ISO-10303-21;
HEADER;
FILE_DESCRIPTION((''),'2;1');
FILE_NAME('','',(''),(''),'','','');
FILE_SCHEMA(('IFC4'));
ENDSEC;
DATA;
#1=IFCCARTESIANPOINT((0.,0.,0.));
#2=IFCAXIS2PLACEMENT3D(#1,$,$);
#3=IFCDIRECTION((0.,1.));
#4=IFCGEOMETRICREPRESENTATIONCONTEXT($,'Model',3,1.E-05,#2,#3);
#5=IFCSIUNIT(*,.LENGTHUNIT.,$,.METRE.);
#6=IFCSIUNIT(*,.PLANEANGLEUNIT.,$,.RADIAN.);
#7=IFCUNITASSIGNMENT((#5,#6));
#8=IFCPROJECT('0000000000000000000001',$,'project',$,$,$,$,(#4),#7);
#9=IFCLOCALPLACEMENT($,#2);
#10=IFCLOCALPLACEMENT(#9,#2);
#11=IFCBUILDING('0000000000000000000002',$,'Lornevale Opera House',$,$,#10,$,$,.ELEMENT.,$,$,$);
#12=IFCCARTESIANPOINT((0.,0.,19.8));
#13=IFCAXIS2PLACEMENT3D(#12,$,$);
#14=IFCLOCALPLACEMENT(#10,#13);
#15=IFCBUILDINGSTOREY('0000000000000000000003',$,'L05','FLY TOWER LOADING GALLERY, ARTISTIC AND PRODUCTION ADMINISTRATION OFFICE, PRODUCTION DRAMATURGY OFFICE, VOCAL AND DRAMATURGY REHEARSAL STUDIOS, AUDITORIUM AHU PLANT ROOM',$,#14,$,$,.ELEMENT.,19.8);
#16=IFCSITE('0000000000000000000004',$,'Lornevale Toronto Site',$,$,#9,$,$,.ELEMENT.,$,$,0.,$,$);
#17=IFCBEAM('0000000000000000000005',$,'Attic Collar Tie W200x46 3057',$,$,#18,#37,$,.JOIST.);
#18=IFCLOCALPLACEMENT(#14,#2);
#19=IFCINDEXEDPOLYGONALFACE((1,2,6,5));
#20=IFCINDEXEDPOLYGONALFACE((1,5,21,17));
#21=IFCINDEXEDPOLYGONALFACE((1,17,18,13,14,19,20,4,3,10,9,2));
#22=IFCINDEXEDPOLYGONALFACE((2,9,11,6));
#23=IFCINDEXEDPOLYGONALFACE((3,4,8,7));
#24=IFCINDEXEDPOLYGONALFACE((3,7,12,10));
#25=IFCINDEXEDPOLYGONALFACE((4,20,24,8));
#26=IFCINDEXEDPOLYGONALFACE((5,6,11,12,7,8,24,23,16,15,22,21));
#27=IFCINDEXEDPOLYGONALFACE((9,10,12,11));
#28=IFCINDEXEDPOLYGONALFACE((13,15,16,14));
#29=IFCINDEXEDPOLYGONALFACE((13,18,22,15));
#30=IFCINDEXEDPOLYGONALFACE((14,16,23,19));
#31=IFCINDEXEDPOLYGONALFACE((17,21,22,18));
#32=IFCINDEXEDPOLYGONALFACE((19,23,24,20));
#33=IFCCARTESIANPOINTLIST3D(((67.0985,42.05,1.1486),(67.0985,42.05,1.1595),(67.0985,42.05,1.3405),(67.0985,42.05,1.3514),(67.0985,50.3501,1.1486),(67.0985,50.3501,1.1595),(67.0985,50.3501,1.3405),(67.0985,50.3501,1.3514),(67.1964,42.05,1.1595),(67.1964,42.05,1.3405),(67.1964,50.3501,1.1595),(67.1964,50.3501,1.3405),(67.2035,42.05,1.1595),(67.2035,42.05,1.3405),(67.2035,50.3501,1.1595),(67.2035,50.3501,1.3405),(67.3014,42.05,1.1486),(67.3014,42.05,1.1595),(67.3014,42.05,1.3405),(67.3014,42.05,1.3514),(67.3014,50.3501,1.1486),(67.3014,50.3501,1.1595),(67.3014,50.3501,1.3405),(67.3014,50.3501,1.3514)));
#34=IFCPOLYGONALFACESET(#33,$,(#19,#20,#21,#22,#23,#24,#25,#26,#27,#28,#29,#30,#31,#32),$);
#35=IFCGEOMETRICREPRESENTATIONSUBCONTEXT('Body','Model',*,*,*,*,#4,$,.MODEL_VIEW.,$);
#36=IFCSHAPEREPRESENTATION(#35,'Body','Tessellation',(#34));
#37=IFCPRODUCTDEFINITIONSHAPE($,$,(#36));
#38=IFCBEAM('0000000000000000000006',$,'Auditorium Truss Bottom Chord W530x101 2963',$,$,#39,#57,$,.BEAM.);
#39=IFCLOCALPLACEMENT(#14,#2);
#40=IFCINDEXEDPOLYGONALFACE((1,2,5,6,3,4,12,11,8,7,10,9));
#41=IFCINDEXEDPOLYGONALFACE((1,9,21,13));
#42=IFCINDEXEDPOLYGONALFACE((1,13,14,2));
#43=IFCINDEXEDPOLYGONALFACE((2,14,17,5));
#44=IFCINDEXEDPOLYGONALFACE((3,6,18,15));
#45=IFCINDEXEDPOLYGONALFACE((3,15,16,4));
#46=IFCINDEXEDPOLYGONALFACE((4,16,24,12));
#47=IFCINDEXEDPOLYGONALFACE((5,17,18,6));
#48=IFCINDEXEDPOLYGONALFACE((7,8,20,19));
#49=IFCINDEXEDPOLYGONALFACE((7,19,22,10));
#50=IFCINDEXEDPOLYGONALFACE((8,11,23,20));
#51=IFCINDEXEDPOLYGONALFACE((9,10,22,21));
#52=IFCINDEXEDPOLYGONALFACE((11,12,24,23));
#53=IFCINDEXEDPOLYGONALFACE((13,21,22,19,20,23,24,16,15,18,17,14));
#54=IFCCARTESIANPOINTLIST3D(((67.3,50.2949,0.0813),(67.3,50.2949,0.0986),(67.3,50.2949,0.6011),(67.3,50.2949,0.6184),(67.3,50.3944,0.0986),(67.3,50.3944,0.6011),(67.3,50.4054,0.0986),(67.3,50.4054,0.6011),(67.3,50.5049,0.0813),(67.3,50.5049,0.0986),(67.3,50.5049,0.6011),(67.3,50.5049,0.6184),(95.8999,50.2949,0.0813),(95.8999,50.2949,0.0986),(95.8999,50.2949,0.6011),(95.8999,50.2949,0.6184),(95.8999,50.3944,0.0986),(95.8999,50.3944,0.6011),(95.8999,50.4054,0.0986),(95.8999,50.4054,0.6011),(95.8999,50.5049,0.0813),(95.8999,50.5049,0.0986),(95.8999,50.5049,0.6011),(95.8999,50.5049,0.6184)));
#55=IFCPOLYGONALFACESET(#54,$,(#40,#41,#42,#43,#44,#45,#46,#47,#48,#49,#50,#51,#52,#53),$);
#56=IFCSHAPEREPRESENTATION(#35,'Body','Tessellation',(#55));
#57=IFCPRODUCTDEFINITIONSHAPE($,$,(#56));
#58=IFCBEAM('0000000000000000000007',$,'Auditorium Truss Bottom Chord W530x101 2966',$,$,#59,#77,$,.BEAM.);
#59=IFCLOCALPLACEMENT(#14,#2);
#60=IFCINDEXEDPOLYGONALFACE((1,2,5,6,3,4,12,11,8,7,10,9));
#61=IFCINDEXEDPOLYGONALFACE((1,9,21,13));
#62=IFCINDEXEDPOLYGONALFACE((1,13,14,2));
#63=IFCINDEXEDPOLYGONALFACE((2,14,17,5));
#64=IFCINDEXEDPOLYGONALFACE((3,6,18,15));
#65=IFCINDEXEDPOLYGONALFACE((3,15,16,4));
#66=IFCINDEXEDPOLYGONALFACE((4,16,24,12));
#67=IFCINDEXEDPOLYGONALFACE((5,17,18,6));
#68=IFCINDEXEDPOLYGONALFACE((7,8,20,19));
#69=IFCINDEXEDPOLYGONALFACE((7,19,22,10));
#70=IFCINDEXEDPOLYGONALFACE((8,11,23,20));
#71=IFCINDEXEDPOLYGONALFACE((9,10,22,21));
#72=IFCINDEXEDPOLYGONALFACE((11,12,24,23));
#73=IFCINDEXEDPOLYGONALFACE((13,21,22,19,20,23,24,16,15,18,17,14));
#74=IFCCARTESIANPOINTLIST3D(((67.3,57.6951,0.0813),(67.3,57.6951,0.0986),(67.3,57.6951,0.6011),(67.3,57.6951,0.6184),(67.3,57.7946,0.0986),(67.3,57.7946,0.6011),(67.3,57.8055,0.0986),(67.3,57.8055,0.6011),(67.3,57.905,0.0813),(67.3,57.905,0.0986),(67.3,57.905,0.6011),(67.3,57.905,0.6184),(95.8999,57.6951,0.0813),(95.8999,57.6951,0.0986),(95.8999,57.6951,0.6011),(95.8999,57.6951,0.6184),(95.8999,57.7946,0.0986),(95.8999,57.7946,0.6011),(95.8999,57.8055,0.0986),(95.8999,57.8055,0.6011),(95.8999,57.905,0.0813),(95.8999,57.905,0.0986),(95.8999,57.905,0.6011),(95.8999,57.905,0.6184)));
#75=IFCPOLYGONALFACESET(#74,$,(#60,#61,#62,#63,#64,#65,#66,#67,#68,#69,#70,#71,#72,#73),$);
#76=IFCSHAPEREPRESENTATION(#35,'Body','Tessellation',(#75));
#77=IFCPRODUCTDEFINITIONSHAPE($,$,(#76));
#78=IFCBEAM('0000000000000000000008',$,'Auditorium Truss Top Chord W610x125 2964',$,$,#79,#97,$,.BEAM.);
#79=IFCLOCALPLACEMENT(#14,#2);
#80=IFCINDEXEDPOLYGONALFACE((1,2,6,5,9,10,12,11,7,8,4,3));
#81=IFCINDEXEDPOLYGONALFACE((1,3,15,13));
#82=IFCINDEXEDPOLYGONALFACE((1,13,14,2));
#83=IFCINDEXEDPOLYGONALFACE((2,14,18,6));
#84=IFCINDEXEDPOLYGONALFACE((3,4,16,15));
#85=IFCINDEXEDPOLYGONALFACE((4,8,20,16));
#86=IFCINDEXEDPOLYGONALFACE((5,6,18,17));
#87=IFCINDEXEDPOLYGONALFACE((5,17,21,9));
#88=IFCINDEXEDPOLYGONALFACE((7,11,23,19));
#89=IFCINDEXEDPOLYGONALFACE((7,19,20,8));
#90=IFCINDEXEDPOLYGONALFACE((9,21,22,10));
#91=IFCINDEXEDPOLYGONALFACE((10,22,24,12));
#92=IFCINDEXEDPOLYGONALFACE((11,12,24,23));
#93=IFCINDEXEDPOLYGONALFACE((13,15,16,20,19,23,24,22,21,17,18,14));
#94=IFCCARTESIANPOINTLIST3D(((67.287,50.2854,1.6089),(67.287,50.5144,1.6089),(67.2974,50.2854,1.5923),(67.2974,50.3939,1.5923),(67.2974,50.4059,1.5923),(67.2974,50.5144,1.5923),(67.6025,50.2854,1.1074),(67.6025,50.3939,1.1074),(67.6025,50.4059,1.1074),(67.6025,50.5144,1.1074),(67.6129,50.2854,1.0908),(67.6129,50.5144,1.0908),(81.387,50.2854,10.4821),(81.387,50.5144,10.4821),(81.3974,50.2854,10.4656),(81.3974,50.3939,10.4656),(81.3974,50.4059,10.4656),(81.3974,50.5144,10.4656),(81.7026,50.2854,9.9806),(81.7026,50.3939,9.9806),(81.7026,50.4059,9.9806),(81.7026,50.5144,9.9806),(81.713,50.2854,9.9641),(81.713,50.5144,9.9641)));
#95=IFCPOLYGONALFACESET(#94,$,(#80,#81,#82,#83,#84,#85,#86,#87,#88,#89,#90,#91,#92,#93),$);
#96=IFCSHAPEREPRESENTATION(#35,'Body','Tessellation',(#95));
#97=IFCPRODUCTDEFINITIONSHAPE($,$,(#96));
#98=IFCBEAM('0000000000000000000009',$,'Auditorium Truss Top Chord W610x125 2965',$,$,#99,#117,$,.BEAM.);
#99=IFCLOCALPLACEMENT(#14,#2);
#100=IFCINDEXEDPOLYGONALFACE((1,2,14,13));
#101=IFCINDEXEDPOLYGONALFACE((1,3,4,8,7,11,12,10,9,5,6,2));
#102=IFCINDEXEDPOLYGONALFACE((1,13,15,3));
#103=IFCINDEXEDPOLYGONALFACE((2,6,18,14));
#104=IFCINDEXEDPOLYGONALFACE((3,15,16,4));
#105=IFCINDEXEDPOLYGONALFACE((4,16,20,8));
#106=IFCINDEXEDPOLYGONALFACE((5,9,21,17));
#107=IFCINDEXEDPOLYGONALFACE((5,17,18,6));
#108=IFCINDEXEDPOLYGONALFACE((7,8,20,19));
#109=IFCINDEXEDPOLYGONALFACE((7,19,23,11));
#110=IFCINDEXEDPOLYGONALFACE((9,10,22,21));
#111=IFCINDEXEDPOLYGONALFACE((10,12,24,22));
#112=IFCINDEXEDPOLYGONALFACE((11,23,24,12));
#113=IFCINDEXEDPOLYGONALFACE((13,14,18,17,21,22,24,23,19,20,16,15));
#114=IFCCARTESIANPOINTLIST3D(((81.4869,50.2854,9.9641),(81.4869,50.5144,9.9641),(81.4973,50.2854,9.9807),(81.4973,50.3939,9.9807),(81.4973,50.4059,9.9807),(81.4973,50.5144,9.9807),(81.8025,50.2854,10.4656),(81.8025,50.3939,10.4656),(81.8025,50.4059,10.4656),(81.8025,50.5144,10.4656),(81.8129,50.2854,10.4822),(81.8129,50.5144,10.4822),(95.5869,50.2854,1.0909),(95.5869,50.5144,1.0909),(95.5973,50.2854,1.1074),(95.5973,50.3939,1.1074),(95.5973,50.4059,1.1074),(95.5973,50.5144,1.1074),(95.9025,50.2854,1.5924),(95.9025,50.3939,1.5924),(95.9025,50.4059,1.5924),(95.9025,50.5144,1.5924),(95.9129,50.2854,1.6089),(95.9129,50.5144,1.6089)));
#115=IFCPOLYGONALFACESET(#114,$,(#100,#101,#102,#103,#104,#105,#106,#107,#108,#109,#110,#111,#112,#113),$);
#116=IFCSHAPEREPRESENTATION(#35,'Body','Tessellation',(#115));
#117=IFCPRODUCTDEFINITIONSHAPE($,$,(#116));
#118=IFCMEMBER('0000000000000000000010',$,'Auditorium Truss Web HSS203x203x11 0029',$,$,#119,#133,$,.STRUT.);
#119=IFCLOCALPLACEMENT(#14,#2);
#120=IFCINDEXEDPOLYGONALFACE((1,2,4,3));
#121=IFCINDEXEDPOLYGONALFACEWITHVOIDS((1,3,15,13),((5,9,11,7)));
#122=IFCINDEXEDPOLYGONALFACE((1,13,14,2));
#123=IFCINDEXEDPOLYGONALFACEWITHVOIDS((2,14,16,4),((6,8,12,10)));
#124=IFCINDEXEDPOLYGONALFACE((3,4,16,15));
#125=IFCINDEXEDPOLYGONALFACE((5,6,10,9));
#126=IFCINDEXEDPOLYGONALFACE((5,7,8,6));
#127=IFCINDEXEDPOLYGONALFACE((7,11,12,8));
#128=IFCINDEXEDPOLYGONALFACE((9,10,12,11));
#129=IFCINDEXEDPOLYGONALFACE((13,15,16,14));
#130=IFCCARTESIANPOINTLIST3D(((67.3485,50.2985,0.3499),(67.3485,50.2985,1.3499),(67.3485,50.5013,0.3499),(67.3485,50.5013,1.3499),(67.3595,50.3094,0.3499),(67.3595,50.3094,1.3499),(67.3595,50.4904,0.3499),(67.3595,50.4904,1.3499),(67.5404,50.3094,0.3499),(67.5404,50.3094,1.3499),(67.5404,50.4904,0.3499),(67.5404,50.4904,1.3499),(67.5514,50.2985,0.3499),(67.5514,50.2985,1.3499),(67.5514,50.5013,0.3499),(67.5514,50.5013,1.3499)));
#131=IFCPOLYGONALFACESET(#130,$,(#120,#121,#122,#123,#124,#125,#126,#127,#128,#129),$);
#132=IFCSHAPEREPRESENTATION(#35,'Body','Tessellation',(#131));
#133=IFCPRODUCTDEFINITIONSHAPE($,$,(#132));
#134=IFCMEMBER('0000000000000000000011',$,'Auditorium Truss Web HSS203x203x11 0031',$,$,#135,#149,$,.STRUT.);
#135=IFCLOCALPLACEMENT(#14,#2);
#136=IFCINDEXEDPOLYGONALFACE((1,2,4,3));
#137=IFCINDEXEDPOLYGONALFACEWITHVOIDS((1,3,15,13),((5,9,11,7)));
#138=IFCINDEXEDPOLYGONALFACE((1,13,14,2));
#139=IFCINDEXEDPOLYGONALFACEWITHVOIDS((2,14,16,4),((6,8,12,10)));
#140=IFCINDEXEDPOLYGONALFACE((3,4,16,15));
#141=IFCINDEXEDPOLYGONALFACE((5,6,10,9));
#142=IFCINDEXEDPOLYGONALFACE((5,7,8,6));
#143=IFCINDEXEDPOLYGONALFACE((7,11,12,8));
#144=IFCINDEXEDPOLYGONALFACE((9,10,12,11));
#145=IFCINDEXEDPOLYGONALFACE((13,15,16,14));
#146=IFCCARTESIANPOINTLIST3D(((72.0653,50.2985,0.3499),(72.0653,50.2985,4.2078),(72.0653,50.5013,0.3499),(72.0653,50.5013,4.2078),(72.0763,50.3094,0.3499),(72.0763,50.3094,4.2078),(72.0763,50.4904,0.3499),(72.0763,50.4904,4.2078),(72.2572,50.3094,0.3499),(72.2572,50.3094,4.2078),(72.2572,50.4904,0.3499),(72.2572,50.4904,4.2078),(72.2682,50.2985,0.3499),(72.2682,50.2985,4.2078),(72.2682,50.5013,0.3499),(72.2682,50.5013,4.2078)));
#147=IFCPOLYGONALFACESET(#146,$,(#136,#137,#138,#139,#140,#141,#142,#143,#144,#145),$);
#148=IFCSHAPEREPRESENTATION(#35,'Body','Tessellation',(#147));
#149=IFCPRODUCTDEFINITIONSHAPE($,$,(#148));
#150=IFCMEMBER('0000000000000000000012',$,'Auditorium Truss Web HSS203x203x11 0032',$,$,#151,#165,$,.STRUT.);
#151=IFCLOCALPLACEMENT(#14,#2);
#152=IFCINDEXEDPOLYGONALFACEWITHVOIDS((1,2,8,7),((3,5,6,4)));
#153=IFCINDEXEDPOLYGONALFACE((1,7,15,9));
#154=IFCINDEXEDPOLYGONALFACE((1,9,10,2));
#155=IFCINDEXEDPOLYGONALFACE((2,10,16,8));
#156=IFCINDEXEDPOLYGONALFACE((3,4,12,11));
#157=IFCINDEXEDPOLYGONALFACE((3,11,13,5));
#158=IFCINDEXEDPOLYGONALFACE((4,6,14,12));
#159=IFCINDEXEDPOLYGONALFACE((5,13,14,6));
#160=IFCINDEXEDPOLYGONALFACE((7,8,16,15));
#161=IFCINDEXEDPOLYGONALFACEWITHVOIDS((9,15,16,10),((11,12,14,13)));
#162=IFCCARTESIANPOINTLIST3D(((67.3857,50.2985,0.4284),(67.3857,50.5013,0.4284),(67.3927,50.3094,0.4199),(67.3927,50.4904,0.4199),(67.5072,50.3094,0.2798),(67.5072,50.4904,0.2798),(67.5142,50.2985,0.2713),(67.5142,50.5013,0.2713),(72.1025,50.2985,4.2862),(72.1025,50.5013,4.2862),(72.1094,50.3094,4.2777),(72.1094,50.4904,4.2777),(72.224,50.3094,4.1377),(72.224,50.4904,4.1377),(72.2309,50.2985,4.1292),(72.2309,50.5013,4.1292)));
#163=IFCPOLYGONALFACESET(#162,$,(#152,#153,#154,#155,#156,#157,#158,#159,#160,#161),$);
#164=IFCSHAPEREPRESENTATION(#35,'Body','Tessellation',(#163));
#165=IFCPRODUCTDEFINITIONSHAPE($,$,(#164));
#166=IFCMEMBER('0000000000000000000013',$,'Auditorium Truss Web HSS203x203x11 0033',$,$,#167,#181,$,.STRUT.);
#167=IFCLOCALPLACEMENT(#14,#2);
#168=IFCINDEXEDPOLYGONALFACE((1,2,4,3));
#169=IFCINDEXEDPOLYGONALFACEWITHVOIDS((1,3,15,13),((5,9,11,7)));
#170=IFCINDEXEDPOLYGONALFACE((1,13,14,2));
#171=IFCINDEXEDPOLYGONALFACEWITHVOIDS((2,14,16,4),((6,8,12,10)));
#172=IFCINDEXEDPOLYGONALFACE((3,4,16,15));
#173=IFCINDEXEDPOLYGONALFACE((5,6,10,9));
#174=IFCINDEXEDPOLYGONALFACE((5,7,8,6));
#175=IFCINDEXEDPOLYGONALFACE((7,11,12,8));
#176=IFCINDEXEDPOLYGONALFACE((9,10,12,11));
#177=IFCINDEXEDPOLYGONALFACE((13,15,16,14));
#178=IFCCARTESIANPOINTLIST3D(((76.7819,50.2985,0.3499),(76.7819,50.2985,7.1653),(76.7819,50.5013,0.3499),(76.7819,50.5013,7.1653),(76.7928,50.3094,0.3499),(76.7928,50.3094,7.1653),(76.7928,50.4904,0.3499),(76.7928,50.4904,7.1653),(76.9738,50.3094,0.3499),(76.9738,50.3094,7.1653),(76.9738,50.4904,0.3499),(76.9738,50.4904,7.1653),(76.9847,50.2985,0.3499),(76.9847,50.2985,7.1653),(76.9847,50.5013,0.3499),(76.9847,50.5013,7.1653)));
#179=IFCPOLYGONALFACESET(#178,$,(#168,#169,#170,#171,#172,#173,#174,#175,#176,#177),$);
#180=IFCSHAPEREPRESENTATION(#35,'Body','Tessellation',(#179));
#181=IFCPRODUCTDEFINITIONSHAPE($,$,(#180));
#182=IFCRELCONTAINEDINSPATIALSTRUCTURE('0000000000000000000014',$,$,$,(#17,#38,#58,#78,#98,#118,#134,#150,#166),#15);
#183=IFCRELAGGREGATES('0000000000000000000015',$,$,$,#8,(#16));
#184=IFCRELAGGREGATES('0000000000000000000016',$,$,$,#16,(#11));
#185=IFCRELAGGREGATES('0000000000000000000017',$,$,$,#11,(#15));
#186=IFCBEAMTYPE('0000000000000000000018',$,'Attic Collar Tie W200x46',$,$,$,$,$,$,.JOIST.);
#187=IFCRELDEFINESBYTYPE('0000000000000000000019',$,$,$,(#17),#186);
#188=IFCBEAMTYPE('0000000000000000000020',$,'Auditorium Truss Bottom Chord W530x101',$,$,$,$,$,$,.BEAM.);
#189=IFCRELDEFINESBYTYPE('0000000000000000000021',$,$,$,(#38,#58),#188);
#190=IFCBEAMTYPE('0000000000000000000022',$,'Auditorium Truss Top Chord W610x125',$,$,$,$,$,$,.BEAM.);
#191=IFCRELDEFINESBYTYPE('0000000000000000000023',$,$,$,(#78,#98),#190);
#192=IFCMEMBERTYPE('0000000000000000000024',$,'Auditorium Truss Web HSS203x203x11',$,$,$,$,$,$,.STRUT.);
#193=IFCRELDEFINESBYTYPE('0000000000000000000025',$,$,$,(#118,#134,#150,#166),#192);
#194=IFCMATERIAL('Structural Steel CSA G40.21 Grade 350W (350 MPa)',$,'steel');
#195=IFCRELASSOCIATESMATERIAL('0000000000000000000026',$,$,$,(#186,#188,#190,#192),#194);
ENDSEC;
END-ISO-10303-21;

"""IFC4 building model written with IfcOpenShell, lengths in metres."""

from ifc_helpers import new_model, si_unit, direction, frame, origin, origin_2d, place, context, subcontext, project, spatial, hollow_rectangle, i_section, extrude, material, material_profile, profile_set, type_object, element, save


model = new_model("IFC4")

# Units and contexts
model_context = context("Model", 3, precision=1e-05, world=origin(), true_north=direction((0.0, 1.0)))
body_context = subcontext(model_context, "Body", "Model", "MODEL_VIEW")
ifc_project = project(units=[si_unit("LENGTHUNIT", "METRE"), si_unit("PLANEANGLEUNIT", "RADIAN")], contexts=[model_context])

# Site, building, storey
site_placement = place(None, origin())
site = spatial("IfcSite", under=ifc_project, at=site_placement, Name="Lornevale Toronto Site", CompositionType="ELEMENT", RefElevation=0.0)
building_placement = place(site_placement, origin())
building = spatial("IfcBuilding", under=site, at=building_placement, Name="Lornevale Opera House", CompositionType="ELEMENT")
storey_placement = place(building_placement, frame((0.0, 0.0, 19.8)))
storey = spatial("IfcBuildingStorey", under=building, at=storey_placement, Name="L05", Description="FLY TOWER LOADING GALLERY, ARTISTIC AND PRODUCTION ADMINISTRATION OFFICE, PRODUCTION DRAMATURGY OFFICE, VOCAL AND DRAMATURGY REHEARSAL STUDIOS, AUDITORIUM AHU PLANT ROOM", CompositionType="ELEMENT", Elevation=19.8)

# Beams
ifc_material_1 = material(Name="Structural Steel CSA G40.21 Grade 350W (350 MPa)", Category="steel")
ifc_material_profile_1 = material_profile(ifc_material_1, i_section(OverallWidth=0.2029, OverallDepth=0.2029, WebThickness=0.0071, FlangeThickness=0.011, at=origin_2d()), Name="W200x46")
ifc_profile_set_1 = profile_set([ifc_material_profile_1], Name="Structural Steel CSA G40.21 Grade 350W (350 MPa)")
beam_type_1 = type_object("IfcBeamType", Name="Attic Collar Tie W200x46", PredefinedType="JOIST", material=ifc_profile_set_1)
beam_1_placement = place(storey_placement, frame((67.2, 42.05, 1.25), z_axis=(0.0, 1.0, 0.0), x_axis=(-1.0, 0.0, 0.0)))
element("IfcBeam", 1, at=beam_1_placement, inside=storey, type_object=beam_type_1, Name="Attic Collar Tie W200x46 3057", PredefinedType="JOIST", context=body_context, shape_type="SweptSolid", body=[
    extrude(i_section(OverallWidth=0.2029, OverallDepth=0.2029, WebThickness=0.0071, FlangeThickness=0.011, at=origin_2d()), origin(), (0.0, 0.0, 1.0), 8.3),
])
ifc_material_profile_2 = material_profile(ifc_material_1, i_section(OverallWidth=0.21, OverallDepth=0.5371, WebThickness=0.011, FlangeThickness=0.0173, at=origin_2d()), Name="W530x101")
ifc_profile_set_2 = profile_set([ifc_material_profile_2], Name="Structural Steel CSA G40.21 Grade 350W (350 MPa)")
beam_type_2 = type_object("IfcBeamType", Name="Auditorium Truss Bottom Chord W530x101", PredefinedType="BEAM", material=ifc_profile_set_2)
for number, where, z_axis, x_axis, name in (
    (2, (67.3, 50.3999, 0.3499), (1.0, 0.0, 0.0), (0.0, 1.0, 0.0), "Auditorium Truss Bottom Chord W530x101 2963"),
    (3, (67.3, 57.8, 0.3499), (1.0, 0.0, 0.0), (0.0, 1.0, 0.0), "Auditorium Truss Bottom Chord W530x101 2966"),
):
    element("IfcBeam", number, at=place(storey_placement, frame(where, z_axis=z_axis, x_axis=x_axis)), inside=storey, type_object=beam_type_2, Name=name, PredefinedType="BEAM", context=body_context, shape_type="SweptSolid", body=[
        extrude(i_section(OverallWidth=0.21, OverallDepth=0.5371, WebThickness=0.011, FlangeThickness=0.0173, at=origin_2d()), origin(), (0.0, 0.0, 1.0), 28.5999),
    ])
ifc_material_profile_3 = material_profile(ifc_material_1, i_section(OverallWidth=0.229, OverallDepth=0.6121, WebThickness=0.012, FlangeThickness=0.0195, at=origin_2d()), Name="W610x125")
ifc_profile_set_3 = profile_set([ifc_material_profile_3], Name="Structural Steel CSA G40.21 Grade 350W (350 MPa)")
beam_type_3 = type_object("IfcBeamType", Name="Auditorium Truss Top Chord W610x125", PredefinedType="BEAM", material=ifc_profile_set_3)
for number, where, z_axis, x_axis, name in (
    (4, (67.45, 50.3999, 1.3499), (0.846356, 0.0, 0.532618), (0.0, 1.0, 0.0), "Auditorium Truss Top Chord W610x125 2964"),
    (5, (81.6499, 50.3999, 10.2231), (0.846356, 0.0, -0.532618), (0.0, 1.0, 0.0), "Auditorium Truss Top Chord W610x125 2965"),
):
    element("IfcBeam", number, at=place(storey_placement, frame(where, z_axis=z_axis, x_axis=x_axis)), inside=storey, type_object=beam_type_3, Name=name, PredefinedType="BEAM", context=body_context, shape_type="SweptSolid", body=[
        extrude(i_section(OverallWidth=0.229, OverallDepth=0.6121, WebThickness=0.012, FlangeThickness=0.0195, at=origin_2d()), origin(), (0.0, 0.0, 1.0), 16.6597),
    ])

# Members
ifc_material_profile_4 = material_profile(ifc_material_1, hollow_rectangle(XDim=0.2029, YDim=0.2029, WallThickness=0.011, at=origin_2d()), Name="HSS203x203x11")
ifc_profile_set_4 = profile_set([ifc_material_profile_4], Name="Structural Steel CSA G40.21 Grade 350W (350 MPa)")
member_type_1 = type_object("IfcMemberType", Name="Auditorium Truss Web HSS203x203x11", PredefinedType="STRUT", material=ifc_profile_set_4)
member_1_placement = place(storey_placement, frame((67.45, 50.3999, 0.3499), z_axis=(0.0, 0.0, 1.0), x_axis=(1.0, 0.0, 0.0)))
element("IfcMember", 6, at=member_1_placement, inside=storey, type_object=member_type_1, Name="Auditorium Truss Web HSS203x203x11 0029", PredefinedType="STRUT", context=body_context, shape_type="SweptSolid", body=[
    extrude(hollow_rectangle(XDim=0.2029, YDim=0.2029, WallThickness=0.011, at=origin_2d()), origin(), (0.0, 0.0, 1.0), 1.0),
])
member_2_placement = place(storey_placement, frame((72.1667, 50.3999, 0.3499), z_axis=(0.0, 0.0, 1.0), x_axis=(1.0, 0.0, 0.0)))
element("IfcMember", 7, at=member_2_placement, inside=storey, type_object=member_type_1, Name="Auditorium Truss Web HSS203x203x11 0031", PredefinedType="STRUT", context=body_context, shape_type="SweptSolid", body=[
    extrude(hollow_rectangle(XDim=0.2029, YDim=0.2029, WallThickness=0.011, at=origin_2d()), origin(), (0.0, 0.0, 1.0), 3.8579),
])
member_3_placement = place(storey_placement, frame((67.45, 50.3999, 0.3499), z_axis=(0.774061, 0.0, 0.633111), x_axis=(0.0, 1.0, 0.0)))
element("IfcMember", 8, at=member_3_placement, inside=storey, type_object=member_type_1, Name="Auditorium Truss Web HSS203x203x11 0032", PredefinedType="STRUT", context=body_context, shape_type="SweptSolid", body=[
    extrude(hollow_rectangle(XDim=0.2029, YDim=0.2029, WallThickness=0.011, at=origin_2d()), origin(), (0.0, 0.0, 1.0), 6.0935),
])
member_4_placement = place(storey_placement, frame((76.8833, 50.3999, 0.3499), z_axis=(0.0, 0.0, 1.0), x_axis=(1.0, 0.0, 0.0)))
element("IfcMember", 9, at=member_4_placement, inside=storey, type_object=member_type_1, Name="Auditorium Truss Web HSS203x203x11 0033", PredefinedType="STRUT", context=body_context, shape_type="SweptSolid", body=[
    extrude(hollow_rectangle(XDim=0.2029, YDim=0.2029, WallThickness=0.011, at=origin_2d()), origin(), (0.0, 0.0, 1.0), 6.8154),
])

save(model, "model.ifc")
